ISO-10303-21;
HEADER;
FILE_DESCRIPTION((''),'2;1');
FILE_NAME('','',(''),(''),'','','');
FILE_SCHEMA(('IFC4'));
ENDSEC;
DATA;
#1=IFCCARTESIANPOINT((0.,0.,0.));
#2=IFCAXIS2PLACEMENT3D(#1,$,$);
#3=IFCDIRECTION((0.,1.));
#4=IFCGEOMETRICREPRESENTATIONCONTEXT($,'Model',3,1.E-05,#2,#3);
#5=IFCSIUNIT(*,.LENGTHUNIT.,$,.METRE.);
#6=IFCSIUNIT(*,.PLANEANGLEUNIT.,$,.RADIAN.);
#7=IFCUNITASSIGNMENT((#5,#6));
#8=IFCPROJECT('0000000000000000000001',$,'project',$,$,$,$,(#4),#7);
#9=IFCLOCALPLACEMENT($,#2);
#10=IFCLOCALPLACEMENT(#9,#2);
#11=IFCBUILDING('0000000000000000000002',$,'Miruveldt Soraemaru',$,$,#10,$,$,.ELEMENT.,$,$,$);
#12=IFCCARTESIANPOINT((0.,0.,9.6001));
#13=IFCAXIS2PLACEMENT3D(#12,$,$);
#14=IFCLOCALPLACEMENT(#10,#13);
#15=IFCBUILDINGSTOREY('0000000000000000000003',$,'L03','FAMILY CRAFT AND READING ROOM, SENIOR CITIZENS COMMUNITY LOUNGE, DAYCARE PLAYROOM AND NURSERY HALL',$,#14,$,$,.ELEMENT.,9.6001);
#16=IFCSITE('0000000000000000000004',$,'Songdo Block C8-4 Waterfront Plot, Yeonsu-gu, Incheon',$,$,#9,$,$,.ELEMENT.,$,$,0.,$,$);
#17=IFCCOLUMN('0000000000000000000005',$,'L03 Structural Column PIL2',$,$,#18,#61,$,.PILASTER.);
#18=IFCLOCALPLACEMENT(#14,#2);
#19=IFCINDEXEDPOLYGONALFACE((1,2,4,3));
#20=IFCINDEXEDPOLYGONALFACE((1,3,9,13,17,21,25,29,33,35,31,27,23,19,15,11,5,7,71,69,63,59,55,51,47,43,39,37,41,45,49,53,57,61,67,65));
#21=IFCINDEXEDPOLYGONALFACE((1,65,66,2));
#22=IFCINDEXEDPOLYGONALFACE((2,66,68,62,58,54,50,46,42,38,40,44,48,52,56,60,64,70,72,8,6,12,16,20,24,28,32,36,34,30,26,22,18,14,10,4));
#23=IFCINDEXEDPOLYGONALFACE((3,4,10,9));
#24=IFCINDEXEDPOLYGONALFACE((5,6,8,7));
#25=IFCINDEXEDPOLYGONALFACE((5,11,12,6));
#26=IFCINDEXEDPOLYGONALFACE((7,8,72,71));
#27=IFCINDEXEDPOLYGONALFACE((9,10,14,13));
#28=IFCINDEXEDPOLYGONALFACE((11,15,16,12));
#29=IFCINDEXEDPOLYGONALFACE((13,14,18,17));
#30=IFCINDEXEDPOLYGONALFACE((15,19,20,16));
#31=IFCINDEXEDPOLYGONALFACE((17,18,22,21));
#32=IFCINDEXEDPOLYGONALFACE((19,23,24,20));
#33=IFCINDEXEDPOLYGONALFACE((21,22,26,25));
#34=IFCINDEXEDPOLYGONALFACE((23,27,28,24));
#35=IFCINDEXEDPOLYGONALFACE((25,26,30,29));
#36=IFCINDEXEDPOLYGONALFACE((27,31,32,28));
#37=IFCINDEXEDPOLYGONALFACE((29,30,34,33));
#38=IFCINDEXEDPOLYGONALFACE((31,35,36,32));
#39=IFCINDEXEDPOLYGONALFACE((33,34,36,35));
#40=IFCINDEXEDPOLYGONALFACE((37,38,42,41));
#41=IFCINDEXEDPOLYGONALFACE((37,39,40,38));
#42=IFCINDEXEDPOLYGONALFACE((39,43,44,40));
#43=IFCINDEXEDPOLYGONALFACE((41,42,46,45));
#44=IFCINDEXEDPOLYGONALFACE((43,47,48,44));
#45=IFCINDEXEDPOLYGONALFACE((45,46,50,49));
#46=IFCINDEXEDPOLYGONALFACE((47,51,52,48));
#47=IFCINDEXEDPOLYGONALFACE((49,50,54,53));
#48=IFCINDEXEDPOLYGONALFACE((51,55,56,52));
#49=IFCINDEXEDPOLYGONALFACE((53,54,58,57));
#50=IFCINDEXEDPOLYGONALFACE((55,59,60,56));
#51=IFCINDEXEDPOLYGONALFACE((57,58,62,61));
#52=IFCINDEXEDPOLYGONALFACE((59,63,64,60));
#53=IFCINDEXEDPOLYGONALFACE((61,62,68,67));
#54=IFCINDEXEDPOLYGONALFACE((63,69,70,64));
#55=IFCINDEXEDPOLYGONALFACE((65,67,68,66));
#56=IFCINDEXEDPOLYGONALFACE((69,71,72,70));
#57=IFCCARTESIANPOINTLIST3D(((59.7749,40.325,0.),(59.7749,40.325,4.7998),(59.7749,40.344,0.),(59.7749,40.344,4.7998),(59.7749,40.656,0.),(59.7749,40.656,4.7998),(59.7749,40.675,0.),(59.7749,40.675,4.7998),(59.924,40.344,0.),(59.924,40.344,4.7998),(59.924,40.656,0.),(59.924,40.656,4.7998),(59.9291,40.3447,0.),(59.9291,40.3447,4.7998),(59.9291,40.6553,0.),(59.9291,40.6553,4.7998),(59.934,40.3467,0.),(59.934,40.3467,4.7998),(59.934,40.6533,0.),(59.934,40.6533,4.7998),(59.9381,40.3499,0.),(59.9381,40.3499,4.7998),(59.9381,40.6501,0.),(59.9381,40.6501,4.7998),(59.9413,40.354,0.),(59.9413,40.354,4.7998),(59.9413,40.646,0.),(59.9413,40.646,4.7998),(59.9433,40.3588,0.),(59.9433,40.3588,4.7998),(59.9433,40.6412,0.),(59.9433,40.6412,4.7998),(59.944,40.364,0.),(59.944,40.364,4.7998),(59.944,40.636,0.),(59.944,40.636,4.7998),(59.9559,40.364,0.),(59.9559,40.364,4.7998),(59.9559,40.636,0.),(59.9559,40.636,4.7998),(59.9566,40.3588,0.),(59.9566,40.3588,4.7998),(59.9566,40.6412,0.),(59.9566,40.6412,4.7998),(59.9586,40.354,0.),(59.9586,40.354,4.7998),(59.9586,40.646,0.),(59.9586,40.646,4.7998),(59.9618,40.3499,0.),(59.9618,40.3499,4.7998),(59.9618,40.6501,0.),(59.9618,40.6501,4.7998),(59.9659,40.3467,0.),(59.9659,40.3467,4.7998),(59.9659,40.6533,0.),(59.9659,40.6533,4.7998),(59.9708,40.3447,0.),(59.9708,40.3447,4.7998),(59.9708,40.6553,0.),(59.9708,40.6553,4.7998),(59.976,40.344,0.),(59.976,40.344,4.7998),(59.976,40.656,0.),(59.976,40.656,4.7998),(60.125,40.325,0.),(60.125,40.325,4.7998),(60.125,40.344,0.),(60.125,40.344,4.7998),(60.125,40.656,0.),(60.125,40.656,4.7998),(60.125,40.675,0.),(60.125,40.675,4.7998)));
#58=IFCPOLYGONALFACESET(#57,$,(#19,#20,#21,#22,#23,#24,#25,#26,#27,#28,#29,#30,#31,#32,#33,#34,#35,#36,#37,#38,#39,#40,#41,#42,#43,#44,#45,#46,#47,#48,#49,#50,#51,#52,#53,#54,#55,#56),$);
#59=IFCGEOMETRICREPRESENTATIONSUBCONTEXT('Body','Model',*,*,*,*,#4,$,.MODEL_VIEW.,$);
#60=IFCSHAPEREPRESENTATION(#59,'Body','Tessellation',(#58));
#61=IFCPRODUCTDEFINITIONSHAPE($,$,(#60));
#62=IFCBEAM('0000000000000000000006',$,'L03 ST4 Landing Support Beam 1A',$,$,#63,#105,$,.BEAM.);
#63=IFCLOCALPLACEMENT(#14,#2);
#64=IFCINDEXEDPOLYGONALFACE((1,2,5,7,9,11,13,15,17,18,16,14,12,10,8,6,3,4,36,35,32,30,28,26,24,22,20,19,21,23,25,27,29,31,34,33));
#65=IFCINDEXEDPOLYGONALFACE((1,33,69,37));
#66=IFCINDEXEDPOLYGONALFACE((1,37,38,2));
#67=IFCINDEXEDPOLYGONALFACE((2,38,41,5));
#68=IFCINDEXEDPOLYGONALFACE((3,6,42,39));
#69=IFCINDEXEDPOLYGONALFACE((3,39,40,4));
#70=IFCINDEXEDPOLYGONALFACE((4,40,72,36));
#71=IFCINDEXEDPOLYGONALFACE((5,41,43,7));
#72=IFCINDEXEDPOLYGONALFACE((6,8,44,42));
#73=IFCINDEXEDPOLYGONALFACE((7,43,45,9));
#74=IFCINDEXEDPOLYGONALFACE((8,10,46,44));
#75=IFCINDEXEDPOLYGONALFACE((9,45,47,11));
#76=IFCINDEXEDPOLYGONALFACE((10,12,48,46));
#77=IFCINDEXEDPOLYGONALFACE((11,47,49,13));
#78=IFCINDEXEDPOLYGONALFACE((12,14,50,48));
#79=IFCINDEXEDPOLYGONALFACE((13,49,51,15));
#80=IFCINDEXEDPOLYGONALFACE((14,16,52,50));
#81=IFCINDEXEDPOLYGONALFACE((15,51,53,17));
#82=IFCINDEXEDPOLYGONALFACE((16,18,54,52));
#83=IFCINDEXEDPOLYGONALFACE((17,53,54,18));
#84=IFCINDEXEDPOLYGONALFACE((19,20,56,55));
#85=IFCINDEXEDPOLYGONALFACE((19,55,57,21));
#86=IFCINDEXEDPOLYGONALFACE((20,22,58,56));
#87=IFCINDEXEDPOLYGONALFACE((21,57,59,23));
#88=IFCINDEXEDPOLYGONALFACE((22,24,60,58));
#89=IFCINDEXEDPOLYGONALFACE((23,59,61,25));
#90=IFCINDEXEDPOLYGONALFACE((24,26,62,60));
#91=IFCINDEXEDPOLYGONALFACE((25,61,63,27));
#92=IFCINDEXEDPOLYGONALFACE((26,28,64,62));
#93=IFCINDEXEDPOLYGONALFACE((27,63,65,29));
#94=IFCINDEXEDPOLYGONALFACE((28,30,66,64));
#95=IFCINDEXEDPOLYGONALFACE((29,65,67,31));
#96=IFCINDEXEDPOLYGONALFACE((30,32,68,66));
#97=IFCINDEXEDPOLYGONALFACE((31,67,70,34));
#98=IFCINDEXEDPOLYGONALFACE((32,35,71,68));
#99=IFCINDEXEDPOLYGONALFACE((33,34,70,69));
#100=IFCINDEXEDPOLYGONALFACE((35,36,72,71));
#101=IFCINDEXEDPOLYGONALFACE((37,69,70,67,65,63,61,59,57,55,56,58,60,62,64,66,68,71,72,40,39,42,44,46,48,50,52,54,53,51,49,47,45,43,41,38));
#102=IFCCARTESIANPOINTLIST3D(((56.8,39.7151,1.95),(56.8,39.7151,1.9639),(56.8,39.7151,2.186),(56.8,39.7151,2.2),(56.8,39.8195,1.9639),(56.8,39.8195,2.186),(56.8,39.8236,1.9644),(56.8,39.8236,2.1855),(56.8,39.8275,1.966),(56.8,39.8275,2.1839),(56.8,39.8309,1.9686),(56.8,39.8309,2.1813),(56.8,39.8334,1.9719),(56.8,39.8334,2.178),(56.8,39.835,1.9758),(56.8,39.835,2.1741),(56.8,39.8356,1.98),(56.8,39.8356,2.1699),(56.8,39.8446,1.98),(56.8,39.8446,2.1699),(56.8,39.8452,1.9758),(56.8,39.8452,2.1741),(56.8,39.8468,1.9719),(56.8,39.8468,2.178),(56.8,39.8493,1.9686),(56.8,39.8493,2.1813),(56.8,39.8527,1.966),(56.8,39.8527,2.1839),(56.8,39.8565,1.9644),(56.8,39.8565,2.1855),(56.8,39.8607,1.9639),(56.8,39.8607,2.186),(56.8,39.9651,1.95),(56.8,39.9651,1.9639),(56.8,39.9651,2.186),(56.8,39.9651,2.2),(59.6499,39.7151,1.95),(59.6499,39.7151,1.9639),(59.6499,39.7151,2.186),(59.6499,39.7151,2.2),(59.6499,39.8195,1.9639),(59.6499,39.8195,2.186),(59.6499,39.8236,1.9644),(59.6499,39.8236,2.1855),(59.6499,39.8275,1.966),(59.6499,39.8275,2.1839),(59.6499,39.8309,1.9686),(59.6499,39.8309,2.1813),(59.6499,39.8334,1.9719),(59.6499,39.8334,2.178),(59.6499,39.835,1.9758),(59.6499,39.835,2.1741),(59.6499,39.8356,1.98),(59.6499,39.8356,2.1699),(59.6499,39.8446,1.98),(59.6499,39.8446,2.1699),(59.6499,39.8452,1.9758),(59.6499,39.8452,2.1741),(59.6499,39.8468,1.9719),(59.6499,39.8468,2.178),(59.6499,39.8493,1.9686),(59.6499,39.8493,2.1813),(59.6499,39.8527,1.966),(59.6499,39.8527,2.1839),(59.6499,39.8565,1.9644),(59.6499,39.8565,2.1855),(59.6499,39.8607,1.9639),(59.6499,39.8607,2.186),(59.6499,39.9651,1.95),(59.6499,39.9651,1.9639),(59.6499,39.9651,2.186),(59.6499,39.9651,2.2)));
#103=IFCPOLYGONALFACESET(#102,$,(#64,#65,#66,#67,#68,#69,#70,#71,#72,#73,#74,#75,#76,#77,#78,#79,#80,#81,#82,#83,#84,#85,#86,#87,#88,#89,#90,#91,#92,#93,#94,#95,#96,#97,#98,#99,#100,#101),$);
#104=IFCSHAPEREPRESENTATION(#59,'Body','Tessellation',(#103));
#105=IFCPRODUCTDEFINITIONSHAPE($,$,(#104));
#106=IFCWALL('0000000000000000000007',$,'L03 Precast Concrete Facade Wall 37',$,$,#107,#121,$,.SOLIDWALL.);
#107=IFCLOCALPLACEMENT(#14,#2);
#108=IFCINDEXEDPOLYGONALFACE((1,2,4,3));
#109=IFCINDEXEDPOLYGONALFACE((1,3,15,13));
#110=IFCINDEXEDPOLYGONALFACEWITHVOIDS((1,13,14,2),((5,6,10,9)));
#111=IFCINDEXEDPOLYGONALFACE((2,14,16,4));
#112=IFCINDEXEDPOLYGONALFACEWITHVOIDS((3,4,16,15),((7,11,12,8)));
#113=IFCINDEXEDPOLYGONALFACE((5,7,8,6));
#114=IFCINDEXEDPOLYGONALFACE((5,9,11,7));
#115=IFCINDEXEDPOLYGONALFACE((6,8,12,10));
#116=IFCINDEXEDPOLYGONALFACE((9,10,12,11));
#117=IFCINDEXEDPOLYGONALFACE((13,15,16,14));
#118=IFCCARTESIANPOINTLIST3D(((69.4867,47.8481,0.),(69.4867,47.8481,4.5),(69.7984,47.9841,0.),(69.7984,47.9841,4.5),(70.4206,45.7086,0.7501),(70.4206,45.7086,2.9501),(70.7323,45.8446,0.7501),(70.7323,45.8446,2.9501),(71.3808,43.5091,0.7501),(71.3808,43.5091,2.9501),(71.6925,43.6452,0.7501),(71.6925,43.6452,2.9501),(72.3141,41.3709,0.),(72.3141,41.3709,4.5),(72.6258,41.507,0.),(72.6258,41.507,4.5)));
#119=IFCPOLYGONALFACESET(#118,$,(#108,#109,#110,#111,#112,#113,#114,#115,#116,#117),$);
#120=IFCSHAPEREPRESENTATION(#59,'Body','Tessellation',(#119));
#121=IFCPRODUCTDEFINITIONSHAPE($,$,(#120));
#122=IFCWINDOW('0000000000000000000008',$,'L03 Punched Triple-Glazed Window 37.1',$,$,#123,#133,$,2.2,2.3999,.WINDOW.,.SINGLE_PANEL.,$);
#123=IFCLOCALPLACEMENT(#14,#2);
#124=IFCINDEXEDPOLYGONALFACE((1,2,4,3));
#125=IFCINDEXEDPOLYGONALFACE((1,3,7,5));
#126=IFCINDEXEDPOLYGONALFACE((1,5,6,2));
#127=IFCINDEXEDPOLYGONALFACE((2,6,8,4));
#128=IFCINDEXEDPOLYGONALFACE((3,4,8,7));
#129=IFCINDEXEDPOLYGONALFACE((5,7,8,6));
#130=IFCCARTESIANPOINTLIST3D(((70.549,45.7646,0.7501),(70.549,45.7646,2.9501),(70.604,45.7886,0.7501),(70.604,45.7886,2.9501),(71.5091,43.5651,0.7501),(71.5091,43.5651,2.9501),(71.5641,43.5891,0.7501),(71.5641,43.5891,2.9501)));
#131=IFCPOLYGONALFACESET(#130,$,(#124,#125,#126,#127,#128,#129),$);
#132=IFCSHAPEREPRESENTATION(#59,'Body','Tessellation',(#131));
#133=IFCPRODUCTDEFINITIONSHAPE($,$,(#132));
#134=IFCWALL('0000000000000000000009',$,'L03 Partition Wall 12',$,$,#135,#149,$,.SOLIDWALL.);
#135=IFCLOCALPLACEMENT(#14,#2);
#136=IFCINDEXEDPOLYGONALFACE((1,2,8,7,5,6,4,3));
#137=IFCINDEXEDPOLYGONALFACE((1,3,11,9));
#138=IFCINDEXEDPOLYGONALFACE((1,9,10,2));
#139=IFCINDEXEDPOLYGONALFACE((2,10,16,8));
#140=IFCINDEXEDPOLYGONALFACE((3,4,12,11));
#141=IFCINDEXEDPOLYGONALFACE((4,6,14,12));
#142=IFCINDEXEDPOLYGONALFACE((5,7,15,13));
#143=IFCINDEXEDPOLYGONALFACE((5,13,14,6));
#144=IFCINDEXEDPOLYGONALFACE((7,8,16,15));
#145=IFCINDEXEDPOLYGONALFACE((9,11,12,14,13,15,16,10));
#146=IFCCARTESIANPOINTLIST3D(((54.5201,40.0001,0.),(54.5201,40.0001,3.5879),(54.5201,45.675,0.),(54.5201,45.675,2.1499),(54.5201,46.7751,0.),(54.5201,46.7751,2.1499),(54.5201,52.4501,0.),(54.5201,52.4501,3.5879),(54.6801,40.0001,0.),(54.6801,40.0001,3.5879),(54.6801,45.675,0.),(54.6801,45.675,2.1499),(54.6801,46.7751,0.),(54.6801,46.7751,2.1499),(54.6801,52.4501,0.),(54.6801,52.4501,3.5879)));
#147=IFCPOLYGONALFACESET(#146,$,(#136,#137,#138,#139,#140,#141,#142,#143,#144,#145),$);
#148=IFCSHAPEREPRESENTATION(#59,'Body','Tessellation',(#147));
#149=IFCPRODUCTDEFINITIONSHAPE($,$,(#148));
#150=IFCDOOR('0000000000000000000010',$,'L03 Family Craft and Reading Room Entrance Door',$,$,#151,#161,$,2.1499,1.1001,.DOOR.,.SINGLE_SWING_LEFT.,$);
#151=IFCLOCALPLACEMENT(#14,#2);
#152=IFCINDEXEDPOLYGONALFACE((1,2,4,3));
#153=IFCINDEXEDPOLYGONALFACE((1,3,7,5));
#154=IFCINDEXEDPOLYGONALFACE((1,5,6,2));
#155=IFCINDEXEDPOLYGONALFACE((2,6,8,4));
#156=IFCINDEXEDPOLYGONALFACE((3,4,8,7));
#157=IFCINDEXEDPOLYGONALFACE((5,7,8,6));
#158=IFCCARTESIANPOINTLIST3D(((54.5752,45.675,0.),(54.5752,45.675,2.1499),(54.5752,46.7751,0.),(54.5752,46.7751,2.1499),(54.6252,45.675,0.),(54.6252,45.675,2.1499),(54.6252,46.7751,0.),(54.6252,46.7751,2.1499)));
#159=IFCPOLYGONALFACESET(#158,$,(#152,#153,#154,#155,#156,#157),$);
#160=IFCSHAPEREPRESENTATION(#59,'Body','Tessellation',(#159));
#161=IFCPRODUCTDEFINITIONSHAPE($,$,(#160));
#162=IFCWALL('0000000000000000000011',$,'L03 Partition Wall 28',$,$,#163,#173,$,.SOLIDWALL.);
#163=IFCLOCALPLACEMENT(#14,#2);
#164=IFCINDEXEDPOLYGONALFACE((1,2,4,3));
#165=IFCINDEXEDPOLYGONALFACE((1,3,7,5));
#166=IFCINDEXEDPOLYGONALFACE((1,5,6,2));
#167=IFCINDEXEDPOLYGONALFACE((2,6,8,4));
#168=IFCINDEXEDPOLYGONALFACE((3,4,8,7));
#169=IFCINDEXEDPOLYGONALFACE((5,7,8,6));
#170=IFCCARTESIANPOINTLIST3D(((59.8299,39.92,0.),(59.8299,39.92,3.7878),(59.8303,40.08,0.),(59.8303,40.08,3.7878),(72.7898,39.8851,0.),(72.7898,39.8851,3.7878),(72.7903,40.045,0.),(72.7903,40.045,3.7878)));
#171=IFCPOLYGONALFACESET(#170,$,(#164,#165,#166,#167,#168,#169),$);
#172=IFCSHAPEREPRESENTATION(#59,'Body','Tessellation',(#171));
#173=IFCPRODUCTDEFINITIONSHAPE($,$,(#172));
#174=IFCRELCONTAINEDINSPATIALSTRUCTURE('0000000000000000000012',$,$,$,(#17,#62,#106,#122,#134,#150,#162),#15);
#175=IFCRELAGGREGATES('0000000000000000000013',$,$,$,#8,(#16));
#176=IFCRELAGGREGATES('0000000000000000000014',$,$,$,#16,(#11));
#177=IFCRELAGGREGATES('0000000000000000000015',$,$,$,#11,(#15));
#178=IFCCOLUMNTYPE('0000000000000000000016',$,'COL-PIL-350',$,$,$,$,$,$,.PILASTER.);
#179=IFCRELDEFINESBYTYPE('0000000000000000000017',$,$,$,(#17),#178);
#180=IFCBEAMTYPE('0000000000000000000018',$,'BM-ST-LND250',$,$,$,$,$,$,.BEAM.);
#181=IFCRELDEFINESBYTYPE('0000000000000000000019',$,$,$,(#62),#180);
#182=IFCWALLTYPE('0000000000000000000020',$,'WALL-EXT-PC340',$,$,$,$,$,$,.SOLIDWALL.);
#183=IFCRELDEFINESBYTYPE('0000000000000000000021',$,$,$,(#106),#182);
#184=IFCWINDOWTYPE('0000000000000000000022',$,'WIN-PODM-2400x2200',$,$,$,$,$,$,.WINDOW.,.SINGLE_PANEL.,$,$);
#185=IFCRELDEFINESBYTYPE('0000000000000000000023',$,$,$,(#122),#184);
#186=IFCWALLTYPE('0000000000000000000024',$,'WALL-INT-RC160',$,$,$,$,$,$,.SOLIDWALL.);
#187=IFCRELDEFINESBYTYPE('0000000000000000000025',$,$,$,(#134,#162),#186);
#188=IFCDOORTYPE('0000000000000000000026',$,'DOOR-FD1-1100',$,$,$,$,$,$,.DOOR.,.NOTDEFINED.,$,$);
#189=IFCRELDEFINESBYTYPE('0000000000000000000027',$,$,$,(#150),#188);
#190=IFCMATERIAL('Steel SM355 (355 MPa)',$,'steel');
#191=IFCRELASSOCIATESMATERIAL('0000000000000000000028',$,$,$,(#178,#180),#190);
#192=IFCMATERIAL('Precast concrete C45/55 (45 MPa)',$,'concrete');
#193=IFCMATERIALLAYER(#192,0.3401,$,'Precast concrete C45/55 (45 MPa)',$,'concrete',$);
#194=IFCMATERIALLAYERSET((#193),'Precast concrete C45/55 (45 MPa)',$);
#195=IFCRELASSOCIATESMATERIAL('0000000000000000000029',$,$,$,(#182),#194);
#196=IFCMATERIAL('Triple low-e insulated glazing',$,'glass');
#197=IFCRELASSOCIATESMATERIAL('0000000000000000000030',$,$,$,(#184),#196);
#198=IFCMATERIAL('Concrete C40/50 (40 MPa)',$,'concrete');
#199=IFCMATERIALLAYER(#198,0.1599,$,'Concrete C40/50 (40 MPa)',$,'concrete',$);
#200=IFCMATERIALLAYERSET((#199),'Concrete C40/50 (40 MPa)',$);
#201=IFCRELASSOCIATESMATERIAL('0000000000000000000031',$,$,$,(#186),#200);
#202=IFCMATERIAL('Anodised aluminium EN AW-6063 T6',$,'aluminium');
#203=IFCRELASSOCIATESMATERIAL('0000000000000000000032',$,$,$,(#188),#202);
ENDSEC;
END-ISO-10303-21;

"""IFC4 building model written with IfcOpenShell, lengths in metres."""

from ifc_helpers import new_model, si_unit, direction, frame, frame_2d, origin, origin_2d, place, context, subcontext, project, spatial, rectangle, i_section, extrude, material, layer, layer_set, material_profile, profile_set, type_object, element, fill, save


model = new_model("IFC4")

# Units and contexts
model_context = context("Model", 3, precision=1e-05, world=origin(), true_north=direction((0.0, 1.0)))
body_context = subcontext(model_context, "Body", "Model", "MODEL_VIEW")
ifc_project = project(units=[si_unit("LENGTHUNIT", "METRE"), si_unit("PLANEANGLEUNIT", "RADIAN")], contexts=[model_context])

# Site, building, storey
site_placement = place(None, origin())
site = spatial("IfcSite", under=ifc_project, at=site_placement, Name="Songdo Block C8-4 Waterfront Plot, Yeonsu-gu, Incheon", CompositionType="ELEMENT", RefElevation=0.0)
building_placement = place(site_placement, origin())
building = spatial("IfcBuilding", under=site, at=building_placement, Name="Miruveldt Soraemaru", CompositionType="ELEMENT")
storey_placement = place(building_placement, frame((0.0, 0.0, 9.6001)))
storey = spatial("IfcBuildingStorey", under=building, at=storey_placement, Name="L03", Description="FAMILY CRAFT AND READING ROOM, SENIOR CITIZENS COMMUNITY LOUNGE, DAYCARE PLAYROOM AND NURSERY HALL", CompositionType="ELEMENT", Elevation=9.6001)

# Column
ifc_material_1 = material(Name="Steel SM355 (355 MPa)", Category="steel")
ifc_material_profile_1 = material_profile(ifc_material_1, i_section(OverallWidth=0.3501, OverallDepth=0.3501, WebThickness=0.012, FlangeThickness=0.019, FilletRadius=0.02, at=origin_2d()), Name="Steel SM355 (355 MPa)", Category="steel")
ifc_profile_set_1 = profile_set([ifc_material_profile_1], Name="Steel SM355 (355 MPa)")
column_type = type_object("IfcColumnType", Name="COL-PIL-350", PredefinedType="PILASTER", material=ifc_profile_set_1)
column_placement = place(storey_placement, frame((59.95, 40.5, 0.0), z_axis=(0.0, 0.0, 1.0), x_axis=(1.0, 0.0, 0.0)))
element("IfcColumn", 1, at=column_placement, inside=storey, type_object=column_type, Name="L03 Structural Column PIL2", PredefinedType="PILASTER", context=body_context, shape_type="SweptSolid", body=[
    extrude(i_section(OverallWidth=0.3501, OverallDepth=0.3501, WebThickness=0.012, FlangeThickness=0.019, FilletRadius=0.02, at=origin_2d()), origin(), (0.0, 0.0, 1.0), 4.7998),
])

# Beam
ifc_material_profile_2 = material_profile(ifc_material_1, i_section(OverallWidth=0.25, OverallDepth=0.25, WebThickness=0.009, FlangeThickness=0.0139, FilletRadius=0.0161, at=origin_2d()), Name="Steel SM355 (355 MPa)", Category="steel")
ifc_profile_set_2 = profile_set([ifc_material_profile_2], Name="Steel SM355 (355 MPa)")
beam_type = type_object("IfcBeamType", Name="BM-ST-LND250", PredefinedType="BEAM", material=ifc_profile_set_2)
beam_placement = place(storey_placement, frame((56.8, 39.8401, 2.075), z_axis=(1.0, 0.0, 0.0), x_axis=(0.0, 1.0, 0.0)))
element("IfcBeam", 2, at=beam_placement, inside=storey, type_object=beam_type, Name="L03 ST4 Landing Support Beam 1A", PredefinedType="BEAM", context=body_context, shape_type="SweptSolid", body=[
    extrude(i_section(OverallWidth=0.25, OverallDepth=0.25, WebThickness=0.009, FlangeThickness=0.0139, FilletRadius=0.0161, at=origin_2d()), origin(), (0.0, 0.0, 1.0), 2.8499),
])

# Shared definitions
ifc_material_2 = material(Name="Anodised aluminium EN AW-6063 T6", Category="aluminium")

# Wall, opening, window
ifc_material_3 = material(Name="Precast concrete C45/55 (45 MPa)", Category="concrete")
ifc_layer_1 = layer(ifc_material_3, 0.3401, Name="Precast concrete C45/55 (45 MPa)", Category="concrete")
ifc_layer_set_1 = layer_set([ifc_layer_1], Name="Precast concrete C45/55 (45 MPa)")
wall_type_1 = type_object("IfcWallType", Name="WALL-EXT-PC340", PredefinedType="SOLIDWALL", material=ifc_layer_set_1)
wall_1_placement = place(storey_placement, frame((72.47, 41.439, 0.0), z_axis=(0.0, 0.0, 1.0), x_axis=(-0.400068, 0.916485, 0.0)))
wall_1 = element("IfcWall", 3, at=wall_1_placement, inside=storey, type_object=wall_type_1, Name="L03 Precast Concrete Facade Wall 37", PredefinedType="SOLIDWALL", context=body_context, shape_type="SweptSolid", body=[
    extrude(rectangle(XDim=7.0674, YDim=0.3401, at=frame_2d((3.5337, 0.0))), origin(), (0.0, 0.0, 1.0), 4.5),
])
opening_1_placement = place(wall_1_placement, frame((2.333, 0.0, 0.75)))
opening_1 = element("IfcOpeningElement", 4, at=opening_1_placement, cuts=wall_1, PredefinedType="OPENING", context=body_context, shape_type="SweptSolid", body=[
    extrude(rectangle(XDim=2.3999, YDim=2.2, at=frame_2d((1.2, 1.1001))), frame((0.0, 0.1802, 0.0), z_axis=(0.0, -1.0, 0.0), x_axis=(1.0, 0.0, 0.0)), (0.0, 0.0, 1.0), 0.3601),
])
ifc_material_4 = material(Name="Triple low-e insulated glazing", Category="glass")
window_type = type_object("IfcWindowType", Name="WIN-PODM-2400x2200", PartitioningType="SINGLE_PANEL", PredefinedType="WINDOW", material=ifc_material_4)
window_placement = place(opening_1_placement, origin())
window = element("IfcWindow", 5, at=window_placement, inside=storey, type_object=window_type, Name="L03 Punched Triple-Glazed Window 37.1", OverallHeight=2.2, OverallWidth=2.3999, PartitioningType="SINGLE_PANEL", PredefinedType="WINDOW", context=body_context, shape_type="SweptSolid", body=[
    extrude(rectangle(XDim=2.3999, YDim=2.2, at=frame_2d((1.2, 1.1001))), frame((0.0, 0.03, 0.0), z_axis=(0.0, -1.0, 0.0), x_axis=(1.0, 0.0, 0.0)), (0.0, 0.0, 1.0), 0.0601),
])
fill(opening_1, window)

# Wall, opening, door
ifc_material_5 = material(Name="Concrete C40/50 (40 MPa)", Category="concrete")
ifc_layer_2 = layer(ifc_material_5, 0.1599, Name="Concrete C40/50 (40 MPa)", Category="concrete")
ifc_layer_set_2 = layer_set([ifc_layer_2], Name="Concrete C40/50 (40 MPa)")
wall_type_2 = type_object("IfcWallType", Name="WALL-INT-RC160", PredefinedType="SOLIDWALL", material=ifc_layer_set_2)
wall_2_placement = place(storey_placement, frame((54.6001, 40.0, 0.0), z_axis=(0.0, 0.0, 1.0), x_axis=(0.0, 1.0, 0.0)))
wall_2 = element("IfcWall", 6, at=wall_2_placement, inside=storey, type_object=wall_type_2, Name="L03 Partition Wall 12", PredefinedType="SOLIDWALL", context=body_context, shape_type="SweptSolid", body=[
    extrude(rectangle(XDim=12.45, YDim=0.1599, at=frame_2d((6.2251, 0.0))), origin(), (0.0, 0.0, 1.0), 3.5879),
])
opening_2_placement = place(wall_2_placement, frame((5.675, 0.0, 0.0)))
opening_2 = element("IfcOpeningElement", 7, at=opening_2_placement, cuts=wall_2, PredefinedType="OPENING", context=body_context, shape_type="SweptSolid", body=[
    extrude(rectangle(XDim=1.1001, YDim=2.1499, at=frame_2d((0.55, 1.075))), frame((0.0, 0.0898, 0.0), z_axis=(0.0, -1.0, 0.0), x_axis=(1.0, 0.0, 0.0)), (0.0, 0.0, 1.0), 0.1799),
])
door_type_1 = type_object("IfcDoorType", Name="DOOR-FD1-1100", OperationType="NOTDEFINED", PredefinedType="DOOR", material=ifc_material_2)
door_1_placement = place(opening_2_placement, origin())
door_1 = element("IfcDoor", 8, at=door_1_placement, inside=storey, type_object=door_type_1, Name="L03 Family Craft and Reading Room Entrance Door", OperationType="SINGLE_SWING_LEFT", OverallHeight=2.1499, OverallWidth=1.1001, PredefinedType="DOOR", context=body_context, shape_type="SweptSolid", body=[
    extrude(rectangle(XDim=1.1001, YDim=2.1499, at=frame_2d((0.55, 1.075))), frame((0.0, 0.0249, 0.0), z_axis=(0.0, -1.0, 0.0), x_axis=(1.0, 0.0, 0.0)), (0.0, 0.0, 1.0), 0.05),
])
fill(opening_2, door_1)

# Wall
wall_3_placement = place(storey_placement, frame((72.79, 39.9651, 0.0), z_axis=(0.0, 0.0, 1.0), x_axis=(-0.999996, 0.002694, 0.0)))
element("IfcWall", 9, at=wall_3_placement, inside=storey, type_object=wall_type_2, Name="L03 Partition Wall 28", PredefinedType="SOLIDWALL", context=body_context, shape_type="SweptSolid", body=[
    extrude(rectangle(XDim=12.96, YDim=0.1599, at=frame_2d((6.48, 0.0))), origin(), (0.0, 0.0, 1.0), 3.7878),
])

save(model, "model.ifc")
